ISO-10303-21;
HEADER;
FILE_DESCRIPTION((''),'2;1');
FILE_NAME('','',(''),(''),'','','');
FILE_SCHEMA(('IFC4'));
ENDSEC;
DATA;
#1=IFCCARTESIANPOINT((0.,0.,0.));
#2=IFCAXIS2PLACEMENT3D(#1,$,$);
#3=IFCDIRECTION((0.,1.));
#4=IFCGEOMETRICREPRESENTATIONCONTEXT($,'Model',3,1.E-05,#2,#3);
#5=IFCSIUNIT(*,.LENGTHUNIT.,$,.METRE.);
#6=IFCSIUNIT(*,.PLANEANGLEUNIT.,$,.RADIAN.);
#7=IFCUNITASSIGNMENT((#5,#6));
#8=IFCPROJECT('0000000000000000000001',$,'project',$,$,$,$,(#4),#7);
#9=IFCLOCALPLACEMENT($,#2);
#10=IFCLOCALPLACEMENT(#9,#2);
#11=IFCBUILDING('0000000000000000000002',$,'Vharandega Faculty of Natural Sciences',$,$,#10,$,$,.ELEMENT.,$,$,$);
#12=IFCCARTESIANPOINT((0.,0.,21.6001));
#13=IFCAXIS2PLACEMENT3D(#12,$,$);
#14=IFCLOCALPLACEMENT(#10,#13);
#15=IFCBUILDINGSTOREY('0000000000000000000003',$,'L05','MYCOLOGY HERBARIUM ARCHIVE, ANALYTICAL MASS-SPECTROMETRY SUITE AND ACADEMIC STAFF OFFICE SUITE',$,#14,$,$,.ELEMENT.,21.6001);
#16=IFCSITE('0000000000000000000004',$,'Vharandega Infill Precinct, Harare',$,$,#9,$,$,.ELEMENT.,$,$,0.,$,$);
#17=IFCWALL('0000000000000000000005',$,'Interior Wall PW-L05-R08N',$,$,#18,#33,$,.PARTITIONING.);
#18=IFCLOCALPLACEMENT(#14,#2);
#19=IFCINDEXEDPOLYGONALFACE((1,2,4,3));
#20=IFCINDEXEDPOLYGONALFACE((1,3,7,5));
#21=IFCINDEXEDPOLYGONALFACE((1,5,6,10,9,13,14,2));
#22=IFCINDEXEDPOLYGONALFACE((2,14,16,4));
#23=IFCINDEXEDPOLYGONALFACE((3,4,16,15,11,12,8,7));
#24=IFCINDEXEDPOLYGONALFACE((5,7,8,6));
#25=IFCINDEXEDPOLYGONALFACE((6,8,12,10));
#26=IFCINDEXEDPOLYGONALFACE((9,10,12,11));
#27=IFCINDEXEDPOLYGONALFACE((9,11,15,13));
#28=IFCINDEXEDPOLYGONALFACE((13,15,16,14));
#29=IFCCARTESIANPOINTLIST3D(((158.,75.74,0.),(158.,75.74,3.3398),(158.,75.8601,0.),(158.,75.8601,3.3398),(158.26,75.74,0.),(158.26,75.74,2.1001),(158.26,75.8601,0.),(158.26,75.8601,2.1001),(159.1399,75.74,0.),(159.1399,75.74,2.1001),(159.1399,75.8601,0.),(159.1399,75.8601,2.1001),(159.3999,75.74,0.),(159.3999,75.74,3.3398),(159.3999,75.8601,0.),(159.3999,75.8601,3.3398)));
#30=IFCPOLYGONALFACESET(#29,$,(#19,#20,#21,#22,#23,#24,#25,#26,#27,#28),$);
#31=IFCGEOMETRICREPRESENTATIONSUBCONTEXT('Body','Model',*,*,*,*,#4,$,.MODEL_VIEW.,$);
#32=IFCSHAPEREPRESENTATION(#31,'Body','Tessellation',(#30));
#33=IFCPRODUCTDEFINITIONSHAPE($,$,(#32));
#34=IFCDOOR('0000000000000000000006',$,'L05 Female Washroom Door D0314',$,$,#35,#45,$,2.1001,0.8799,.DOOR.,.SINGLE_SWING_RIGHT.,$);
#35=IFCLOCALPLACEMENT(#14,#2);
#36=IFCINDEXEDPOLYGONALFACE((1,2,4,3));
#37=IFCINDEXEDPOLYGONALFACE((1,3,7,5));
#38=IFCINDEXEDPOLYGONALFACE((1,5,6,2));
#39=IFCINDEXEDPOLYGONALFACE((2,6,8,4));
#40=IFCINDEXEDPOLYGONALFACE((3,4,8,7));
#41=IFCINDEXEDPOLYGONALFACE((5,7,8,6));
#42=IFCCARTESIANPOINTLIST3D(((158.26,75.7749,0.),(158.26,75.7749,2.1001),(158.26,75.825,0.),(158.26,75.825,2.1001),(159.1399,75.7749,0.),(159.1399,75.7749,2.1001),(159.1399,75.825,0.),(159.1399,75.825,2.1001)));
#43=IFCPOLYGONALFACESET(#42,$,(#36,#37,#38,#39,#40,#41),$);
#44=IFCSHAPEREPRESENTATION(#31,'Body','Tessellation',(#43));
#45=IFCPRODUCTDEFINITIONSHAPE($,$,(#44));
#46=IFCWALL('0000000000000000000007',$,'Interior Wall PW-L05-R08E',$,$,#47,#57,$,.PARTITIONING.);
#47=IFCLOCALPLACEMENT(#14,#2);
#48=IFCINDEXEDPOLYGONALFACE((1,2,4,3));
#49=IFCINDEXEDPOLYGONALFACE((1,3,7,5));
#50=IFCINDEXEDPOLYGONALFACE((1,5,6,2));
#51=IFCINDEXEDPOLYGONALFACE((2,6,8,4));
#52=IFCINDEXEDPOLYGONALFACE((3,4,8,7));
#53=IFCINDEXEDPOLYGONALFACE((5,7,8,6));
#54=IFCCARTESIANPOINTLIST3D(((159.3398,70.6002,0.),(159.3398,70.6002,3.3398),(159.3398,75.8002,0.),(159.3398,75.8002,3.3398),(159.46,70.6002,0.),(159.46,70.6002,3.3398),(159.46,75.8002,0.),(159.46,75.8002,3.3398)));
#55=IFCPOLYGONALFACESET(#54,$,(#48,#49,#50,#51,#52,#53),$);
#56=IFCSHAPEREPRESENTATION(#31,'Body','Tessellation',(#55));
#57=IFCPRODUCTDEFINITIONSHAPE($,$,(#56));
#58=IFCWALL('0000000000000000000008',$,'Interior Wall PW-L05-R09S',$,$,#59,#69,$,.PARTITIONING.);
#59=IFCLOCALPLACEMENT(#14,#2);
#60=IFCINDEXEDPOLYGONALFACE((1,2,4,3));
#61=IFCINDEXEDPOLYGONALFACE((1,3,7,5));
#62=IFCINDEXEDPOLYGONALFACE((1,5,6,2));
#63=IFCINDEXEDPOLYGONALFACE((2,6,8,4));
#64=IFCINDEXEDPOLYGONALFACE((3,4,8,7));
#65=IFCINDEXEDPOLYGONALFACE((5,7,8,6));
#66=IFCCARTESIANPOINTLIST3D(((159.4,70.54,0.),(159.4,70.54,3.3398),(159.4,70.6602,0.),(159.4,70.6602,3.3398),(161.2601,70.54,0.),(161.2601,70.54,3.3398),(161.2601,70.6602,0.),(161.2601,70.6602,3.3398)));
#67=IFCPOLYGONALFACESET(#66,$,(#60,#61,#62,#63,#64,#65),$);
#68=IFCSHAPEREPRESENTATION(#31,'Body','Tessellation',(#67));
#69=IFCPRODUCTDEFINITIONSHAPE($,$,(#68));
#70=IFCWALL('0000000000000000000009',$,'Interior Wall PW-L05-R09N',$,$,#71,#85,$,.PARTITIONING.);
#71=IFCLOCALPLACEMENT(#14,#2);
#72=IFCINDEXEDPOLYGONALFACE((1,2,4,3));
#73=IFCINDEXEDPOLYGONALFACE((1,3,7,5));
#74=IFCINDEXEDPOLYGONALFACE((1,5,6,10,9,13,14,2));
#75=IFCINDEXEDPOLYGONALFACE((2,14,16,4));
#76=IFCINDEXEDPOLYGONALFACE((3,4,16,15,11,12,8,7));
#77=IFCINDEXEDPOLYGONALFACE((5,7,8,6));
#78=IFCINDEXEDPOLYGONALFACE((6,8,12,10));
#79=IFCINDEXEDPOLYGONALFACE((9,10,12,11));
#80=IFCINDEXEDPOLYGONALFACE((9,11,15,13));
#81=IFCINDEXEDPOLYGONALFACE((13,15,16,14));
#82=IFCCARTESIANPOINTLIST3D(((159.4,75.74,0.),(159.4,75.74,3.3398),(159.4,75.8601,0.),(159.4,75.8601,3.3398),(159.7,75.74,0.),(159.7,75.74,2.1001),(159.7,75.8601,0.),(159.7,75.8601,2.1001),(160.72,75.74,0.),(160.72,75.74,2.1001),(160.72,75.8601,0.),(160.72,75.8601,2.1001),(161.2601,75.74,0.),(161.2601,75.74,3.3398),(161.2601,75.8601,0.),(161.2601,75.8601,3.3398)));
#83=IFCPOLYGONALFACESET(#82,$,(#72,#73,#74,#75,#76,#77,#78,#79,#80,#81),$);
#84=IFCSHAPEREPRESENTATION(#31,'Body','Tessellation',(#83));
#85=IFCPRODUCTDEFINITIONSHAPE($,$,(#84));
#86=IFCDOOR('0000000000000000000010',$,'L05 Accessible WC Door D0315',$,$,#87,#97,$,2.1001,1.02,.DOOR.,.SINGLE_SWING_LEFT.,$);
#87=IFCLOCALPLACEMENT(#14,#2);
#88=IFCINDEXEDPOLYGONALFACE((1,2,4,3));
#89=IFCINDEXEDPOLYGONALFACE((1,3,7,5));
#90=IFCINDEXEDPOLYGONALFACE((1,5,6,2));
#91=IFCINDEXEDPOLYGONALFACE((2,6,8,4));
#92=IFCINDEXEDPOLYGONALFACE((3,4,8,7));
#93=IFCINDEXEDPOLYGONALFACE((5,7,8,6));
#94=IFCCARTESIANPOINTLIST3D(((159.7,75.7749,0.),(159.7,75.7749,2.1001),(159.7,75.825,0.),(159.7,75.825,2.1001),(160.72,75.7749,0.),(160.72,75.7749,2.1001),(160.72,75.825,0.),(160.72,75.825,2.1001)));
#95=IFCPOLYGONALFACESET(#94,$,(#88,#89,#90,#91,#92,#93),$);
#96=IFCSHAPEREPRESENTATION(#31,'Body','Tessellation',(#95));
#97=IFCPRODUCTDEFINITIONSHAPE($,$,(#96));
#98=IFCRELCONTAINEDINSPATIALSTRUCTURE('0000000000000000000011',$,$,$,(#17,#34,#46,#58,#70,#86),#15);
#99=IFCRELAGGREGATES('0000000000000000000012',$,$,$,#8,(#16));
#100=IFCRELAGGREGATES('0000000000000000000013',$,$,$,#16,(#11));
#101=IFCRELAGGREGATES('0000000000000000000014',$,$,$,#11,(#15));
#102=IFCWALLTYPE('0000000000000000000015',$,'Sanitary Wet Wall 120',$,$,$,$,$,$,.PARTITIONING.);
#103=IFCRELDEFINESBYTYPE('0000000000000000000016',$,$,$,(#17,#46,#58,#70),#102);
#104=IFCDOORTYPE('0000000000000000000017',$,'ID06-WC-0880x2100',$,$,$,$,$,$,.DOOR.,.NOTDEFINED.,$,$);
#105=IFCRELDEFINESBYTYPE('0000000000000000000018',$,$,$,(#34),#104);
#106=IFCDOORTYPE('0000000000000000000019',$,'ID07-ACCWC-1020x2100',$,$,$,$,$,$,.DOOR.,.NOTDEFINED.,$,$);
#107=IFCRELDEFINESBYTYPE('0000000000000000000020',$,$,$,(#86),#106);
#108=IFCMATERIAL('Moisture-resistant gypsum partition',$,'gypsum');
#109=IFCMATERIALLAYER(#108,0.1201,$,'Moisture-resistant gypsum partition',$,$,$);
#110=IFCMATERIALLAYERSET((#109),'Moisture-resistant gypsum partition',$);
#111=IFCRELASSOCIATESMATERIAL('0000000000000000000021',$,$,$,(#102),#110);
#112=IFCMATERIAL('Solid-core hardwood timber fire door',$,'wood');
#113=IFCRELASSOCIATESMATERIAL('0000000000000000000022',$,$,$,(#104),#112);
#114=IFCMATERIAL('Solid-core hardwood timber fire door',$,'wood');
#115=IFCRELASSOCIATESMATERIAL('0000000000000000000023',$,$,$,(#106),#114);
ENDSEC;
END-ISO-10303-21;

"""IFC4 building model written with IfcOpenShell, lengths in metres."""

from ifc_helpers import new_model, si_unit, direction, frame, frame_2d, origin, place, context, subcontext, project, spatial, rectangle, extrude, material, layer, layer_set, type_object, element, fill, save


model = new_model("IFC4")

# Units and contexts
model_context = context("Model", 3, precision=1e-05, world=origin(), true_north=direction((0.0, 1.0)))
body_context = subcontext(model_context, "Body", "Model", "MODEL_VIEW")
ifc_project = project(units=[si_unit("LENGTHUNIT", "METRE"), si_unit("PLANEANGLEUNIT", "RADIAN")], contexts=[model_context])

# Site, building, storey
site_placement = place(None, origin())
site = spatial("IfcSite", under=ifc_project, at=site_placement, Name="Vharandega Infill Precinct, Harare", CompositionType="ELEMENT", RefElevation=0.0)
building_placement = place(site_placement, origin())
building = spatial("IfcBuilding", under=site, at=building_placement, Name="Vharandega Faculty of Natural Sciences", CompositionType="ELEMENT")
storey_placement = place(building_placement, frame((0.0, 0.0, 21.6001)))
storey = spatial("IfcBuildingStorey", under=building, at=storey_placement, Name="L05", Description="MYCOLOGY HERBARIUM ARCHIVE, ANALYTICAL MASS-SPECTROMETRY SUITE AND ACADEMIC STAFF OFFICE SUITE", CompositionType="ELEMENT", Elevation=21.6001)

# Shared definitions
ifc_material_1 = material(Name="Moisture-resistant gypsum partition", Category="gypsum")
ifc_layer = layer(ifc_material_1, 0.1201, Name="Moisture-resistant gypsum partition")
ifc_layer_set = layer_set([ifc_layer], Name="Moisture-resistant gypsum partition")
wall_type = type_object("IfcWallType", Name="Sanitary Wet Wall 120", PredefinedType="PARTITIONING", material=ifc_layer_set)

# Shared definitions
ifc_material_2 = material(Name="Solid-core hardwood timber fire door", Category="wood")
door_type_1 = type_object("IfcDoorType", Name="ID06-WC-0880x2100", OperationType="NOTDEFINED", PredefinedType="DOOR", material=ifc_material_2)

# Wall, opening, door
wall_1_placement = place(storey_placement, frame((158.0, 75.8, 0.0), z_axis=(0.0, 0.0, 1.0), x_axis=(1.0, 0.0, 0.0)))
wall_1 = element("IfcWall", 1, at=wall_1_placement, inside=storey, type_object=wall_type, Name="Interior Wall PW-L05-R08N", PredefinedType="PARTITIONING", context=body_context, shape_type="SweptSolid", body=[
    extrude(rectangle(XDim=1.3999, YDim=0.1201, at=frame_2d((0.7, 0.0))), origin(), (0.0, 0.0, 1.0), 3.3398),
])
opening_1_placement = place(wall_1_placement, frame((0.26, 0.0, 0.0)))
opening_1 = element("IfcOpeningElement", 2, at=opening_1_placement, cuts=wall_1, PredefinedType="OPENING", context=body_context, shape_type="SweptSolid", body=[
    extrude(rectangle(XDim=0.8799, YDim=2.1001, at=frame_2d((0.4399, 1.05))), frame((0.0, 0.0701, 0.0), z_axis=(0.0, -1.0, 0.0), x_axis=(1.0, 0.0, 0.0)), (0.0, 0.0, 1.0), 0.1401),
])
door_1_placement = place(opening_1_placement, origin())
door_1 = element("IfcDoor", 3, at=door_1_placement, inside=storey, type_object=door_type_1, Name="L05 Female Washroom Door D0314", OperationType="SINGLE_SWING_RIGHT", OverallHeight=2.1001, OverallWidth=0.8799, PredefinedType="DOOR", context=body_context, shape_type="SweptSolid", body=[
    extrude(rectangle(XDim=0.8799, YDim=2.1001, at=frame_2d((0.4399, 1.05))), frame((0.0, 0.0249, 0.0), z_axis=(0.0, -1.0, 0.0), x_axis=(1.0, 0.0, 0.0)), (0.0, 0.0, 1.0), 0.05),
])
fill(opening_1, door_1)

# Walls
wall_2_placement = place(storey_placement, frame((159.3999, 70.6001, 0.0), z_axis=(0.0, 0.0, 1.0), x_axis=(0.0, 1.0, 0.0)))
element("IfcWall", 4, at=wall_2_placement, inside=storey, type_object=wall_type, Name="Interior Wall PW-L05-R08E", PredefinedType="PARTITIONING", context=body_context, shape_type="SweptSolid", body=[
    extrude(rectangle(XDim=5.2, YDim=0.1201, at=frame_2d((2.6001, 0.0))), origin(), (0.0, 0.0, 1.0), 3.3398),
])
wall_3_placement = place(storey_placement, frame((159.3999, 70.6001, 0.0), z_axis=(0.0, 0.0, 1.0), x_axis=(1.0, 0.0, 0.0)))
element("IfcWall", 5, at=wall_3_placement, inside=storey, type_object=wall_type, Name="Interior Wall PW-L05-R09S", PredefinedType="PARTITIONING", context=body_context, shape_type="SweptSolid", body=[
    extrude(rectangle(XDim=1.8601, YDim=0.1201, at=frame_2d((0.9302, 0.0))), origin(), (0.0, 0.0, 1.0), 3.3398),
])

# Wall, opening, door
wall_4_placement = place(storey_placement, frame((159.3999, 75.8, 0.0), z_axis=(0.0, 0.0, 1.0), x_axis=(1.0, 0.0, 0.0)))
wall_4 = element("IfcWall", 6, at=wall_4_placement, inside=storey, type_object=wall_type, Name="Interior Wall PW-L05-R09N", PredefinedType="PARTITIONING", context=body_context, shape_type="SweptSolid", body=[
    extrude(rectangle(XDim=1.8601, YDim=0.1201, at=frame_2d((0.9302, 0.0))), origin(), (0.0, 0.0, 1.0), 3.3398),
])
opening_2_placement = place(wall_4_placement, frame((0.3, 0.0, 0.0)))
opening_2 = element("IfcOpeningElement", 7, at=opening_2_placement, cuts=wall_4, PredefinedType="OPENING", context=body_context, shape_type="SweptSolid", body=[
    extrude(rectangle(XDim=1.02, YDim=2.1001, at=frame_2d((0.51, 1.05))), frame((0.0, 0.0701, 0.0), z_axis=(0.0, -1.0, 0.0), x_axis=(1.0, 0.0, 0.0)), (0.0, 0.0, 1.0), 0.1401),
])
ifc_material_3 = material(Name="Solid-core hardwood timber fire door", Category="wood")
door_type_2 = type_object("IfcDoorType", Name="ID07-ACCWC-1020x2100", OperationType="NOTDEFINED", PredefinedType="DOOR", material=ifc_material_3)
door_2_placement = place(opening_2_placement, origin())
door_2 = element("IfcDoor", 8, at=door_2_placement, inside=storey, type_object=door_type_2, Name="L05 Accessible WC Door D0315", OperationType="SINGLE_SWING_LEFT", OverallHeight=2.1001, OverallWidth=1.02, PredefinedType="DOOR", context=body_context, shape_type="SweptSolid", body=[
    extrude(rectangle(XDim=1.02, YDim=2.1001, at=frame_2d((0.51, 1.05))), frame((0.0, 0.0249, 0.0), z_axis=(0.0, -1.0, 0.0), x_axis=(1.0, 0.0, 0.0)), (0.0, 0.0, 1.0), 0.05),
])
fill(opening_2, door_2)

save(model, "model.ifc")
